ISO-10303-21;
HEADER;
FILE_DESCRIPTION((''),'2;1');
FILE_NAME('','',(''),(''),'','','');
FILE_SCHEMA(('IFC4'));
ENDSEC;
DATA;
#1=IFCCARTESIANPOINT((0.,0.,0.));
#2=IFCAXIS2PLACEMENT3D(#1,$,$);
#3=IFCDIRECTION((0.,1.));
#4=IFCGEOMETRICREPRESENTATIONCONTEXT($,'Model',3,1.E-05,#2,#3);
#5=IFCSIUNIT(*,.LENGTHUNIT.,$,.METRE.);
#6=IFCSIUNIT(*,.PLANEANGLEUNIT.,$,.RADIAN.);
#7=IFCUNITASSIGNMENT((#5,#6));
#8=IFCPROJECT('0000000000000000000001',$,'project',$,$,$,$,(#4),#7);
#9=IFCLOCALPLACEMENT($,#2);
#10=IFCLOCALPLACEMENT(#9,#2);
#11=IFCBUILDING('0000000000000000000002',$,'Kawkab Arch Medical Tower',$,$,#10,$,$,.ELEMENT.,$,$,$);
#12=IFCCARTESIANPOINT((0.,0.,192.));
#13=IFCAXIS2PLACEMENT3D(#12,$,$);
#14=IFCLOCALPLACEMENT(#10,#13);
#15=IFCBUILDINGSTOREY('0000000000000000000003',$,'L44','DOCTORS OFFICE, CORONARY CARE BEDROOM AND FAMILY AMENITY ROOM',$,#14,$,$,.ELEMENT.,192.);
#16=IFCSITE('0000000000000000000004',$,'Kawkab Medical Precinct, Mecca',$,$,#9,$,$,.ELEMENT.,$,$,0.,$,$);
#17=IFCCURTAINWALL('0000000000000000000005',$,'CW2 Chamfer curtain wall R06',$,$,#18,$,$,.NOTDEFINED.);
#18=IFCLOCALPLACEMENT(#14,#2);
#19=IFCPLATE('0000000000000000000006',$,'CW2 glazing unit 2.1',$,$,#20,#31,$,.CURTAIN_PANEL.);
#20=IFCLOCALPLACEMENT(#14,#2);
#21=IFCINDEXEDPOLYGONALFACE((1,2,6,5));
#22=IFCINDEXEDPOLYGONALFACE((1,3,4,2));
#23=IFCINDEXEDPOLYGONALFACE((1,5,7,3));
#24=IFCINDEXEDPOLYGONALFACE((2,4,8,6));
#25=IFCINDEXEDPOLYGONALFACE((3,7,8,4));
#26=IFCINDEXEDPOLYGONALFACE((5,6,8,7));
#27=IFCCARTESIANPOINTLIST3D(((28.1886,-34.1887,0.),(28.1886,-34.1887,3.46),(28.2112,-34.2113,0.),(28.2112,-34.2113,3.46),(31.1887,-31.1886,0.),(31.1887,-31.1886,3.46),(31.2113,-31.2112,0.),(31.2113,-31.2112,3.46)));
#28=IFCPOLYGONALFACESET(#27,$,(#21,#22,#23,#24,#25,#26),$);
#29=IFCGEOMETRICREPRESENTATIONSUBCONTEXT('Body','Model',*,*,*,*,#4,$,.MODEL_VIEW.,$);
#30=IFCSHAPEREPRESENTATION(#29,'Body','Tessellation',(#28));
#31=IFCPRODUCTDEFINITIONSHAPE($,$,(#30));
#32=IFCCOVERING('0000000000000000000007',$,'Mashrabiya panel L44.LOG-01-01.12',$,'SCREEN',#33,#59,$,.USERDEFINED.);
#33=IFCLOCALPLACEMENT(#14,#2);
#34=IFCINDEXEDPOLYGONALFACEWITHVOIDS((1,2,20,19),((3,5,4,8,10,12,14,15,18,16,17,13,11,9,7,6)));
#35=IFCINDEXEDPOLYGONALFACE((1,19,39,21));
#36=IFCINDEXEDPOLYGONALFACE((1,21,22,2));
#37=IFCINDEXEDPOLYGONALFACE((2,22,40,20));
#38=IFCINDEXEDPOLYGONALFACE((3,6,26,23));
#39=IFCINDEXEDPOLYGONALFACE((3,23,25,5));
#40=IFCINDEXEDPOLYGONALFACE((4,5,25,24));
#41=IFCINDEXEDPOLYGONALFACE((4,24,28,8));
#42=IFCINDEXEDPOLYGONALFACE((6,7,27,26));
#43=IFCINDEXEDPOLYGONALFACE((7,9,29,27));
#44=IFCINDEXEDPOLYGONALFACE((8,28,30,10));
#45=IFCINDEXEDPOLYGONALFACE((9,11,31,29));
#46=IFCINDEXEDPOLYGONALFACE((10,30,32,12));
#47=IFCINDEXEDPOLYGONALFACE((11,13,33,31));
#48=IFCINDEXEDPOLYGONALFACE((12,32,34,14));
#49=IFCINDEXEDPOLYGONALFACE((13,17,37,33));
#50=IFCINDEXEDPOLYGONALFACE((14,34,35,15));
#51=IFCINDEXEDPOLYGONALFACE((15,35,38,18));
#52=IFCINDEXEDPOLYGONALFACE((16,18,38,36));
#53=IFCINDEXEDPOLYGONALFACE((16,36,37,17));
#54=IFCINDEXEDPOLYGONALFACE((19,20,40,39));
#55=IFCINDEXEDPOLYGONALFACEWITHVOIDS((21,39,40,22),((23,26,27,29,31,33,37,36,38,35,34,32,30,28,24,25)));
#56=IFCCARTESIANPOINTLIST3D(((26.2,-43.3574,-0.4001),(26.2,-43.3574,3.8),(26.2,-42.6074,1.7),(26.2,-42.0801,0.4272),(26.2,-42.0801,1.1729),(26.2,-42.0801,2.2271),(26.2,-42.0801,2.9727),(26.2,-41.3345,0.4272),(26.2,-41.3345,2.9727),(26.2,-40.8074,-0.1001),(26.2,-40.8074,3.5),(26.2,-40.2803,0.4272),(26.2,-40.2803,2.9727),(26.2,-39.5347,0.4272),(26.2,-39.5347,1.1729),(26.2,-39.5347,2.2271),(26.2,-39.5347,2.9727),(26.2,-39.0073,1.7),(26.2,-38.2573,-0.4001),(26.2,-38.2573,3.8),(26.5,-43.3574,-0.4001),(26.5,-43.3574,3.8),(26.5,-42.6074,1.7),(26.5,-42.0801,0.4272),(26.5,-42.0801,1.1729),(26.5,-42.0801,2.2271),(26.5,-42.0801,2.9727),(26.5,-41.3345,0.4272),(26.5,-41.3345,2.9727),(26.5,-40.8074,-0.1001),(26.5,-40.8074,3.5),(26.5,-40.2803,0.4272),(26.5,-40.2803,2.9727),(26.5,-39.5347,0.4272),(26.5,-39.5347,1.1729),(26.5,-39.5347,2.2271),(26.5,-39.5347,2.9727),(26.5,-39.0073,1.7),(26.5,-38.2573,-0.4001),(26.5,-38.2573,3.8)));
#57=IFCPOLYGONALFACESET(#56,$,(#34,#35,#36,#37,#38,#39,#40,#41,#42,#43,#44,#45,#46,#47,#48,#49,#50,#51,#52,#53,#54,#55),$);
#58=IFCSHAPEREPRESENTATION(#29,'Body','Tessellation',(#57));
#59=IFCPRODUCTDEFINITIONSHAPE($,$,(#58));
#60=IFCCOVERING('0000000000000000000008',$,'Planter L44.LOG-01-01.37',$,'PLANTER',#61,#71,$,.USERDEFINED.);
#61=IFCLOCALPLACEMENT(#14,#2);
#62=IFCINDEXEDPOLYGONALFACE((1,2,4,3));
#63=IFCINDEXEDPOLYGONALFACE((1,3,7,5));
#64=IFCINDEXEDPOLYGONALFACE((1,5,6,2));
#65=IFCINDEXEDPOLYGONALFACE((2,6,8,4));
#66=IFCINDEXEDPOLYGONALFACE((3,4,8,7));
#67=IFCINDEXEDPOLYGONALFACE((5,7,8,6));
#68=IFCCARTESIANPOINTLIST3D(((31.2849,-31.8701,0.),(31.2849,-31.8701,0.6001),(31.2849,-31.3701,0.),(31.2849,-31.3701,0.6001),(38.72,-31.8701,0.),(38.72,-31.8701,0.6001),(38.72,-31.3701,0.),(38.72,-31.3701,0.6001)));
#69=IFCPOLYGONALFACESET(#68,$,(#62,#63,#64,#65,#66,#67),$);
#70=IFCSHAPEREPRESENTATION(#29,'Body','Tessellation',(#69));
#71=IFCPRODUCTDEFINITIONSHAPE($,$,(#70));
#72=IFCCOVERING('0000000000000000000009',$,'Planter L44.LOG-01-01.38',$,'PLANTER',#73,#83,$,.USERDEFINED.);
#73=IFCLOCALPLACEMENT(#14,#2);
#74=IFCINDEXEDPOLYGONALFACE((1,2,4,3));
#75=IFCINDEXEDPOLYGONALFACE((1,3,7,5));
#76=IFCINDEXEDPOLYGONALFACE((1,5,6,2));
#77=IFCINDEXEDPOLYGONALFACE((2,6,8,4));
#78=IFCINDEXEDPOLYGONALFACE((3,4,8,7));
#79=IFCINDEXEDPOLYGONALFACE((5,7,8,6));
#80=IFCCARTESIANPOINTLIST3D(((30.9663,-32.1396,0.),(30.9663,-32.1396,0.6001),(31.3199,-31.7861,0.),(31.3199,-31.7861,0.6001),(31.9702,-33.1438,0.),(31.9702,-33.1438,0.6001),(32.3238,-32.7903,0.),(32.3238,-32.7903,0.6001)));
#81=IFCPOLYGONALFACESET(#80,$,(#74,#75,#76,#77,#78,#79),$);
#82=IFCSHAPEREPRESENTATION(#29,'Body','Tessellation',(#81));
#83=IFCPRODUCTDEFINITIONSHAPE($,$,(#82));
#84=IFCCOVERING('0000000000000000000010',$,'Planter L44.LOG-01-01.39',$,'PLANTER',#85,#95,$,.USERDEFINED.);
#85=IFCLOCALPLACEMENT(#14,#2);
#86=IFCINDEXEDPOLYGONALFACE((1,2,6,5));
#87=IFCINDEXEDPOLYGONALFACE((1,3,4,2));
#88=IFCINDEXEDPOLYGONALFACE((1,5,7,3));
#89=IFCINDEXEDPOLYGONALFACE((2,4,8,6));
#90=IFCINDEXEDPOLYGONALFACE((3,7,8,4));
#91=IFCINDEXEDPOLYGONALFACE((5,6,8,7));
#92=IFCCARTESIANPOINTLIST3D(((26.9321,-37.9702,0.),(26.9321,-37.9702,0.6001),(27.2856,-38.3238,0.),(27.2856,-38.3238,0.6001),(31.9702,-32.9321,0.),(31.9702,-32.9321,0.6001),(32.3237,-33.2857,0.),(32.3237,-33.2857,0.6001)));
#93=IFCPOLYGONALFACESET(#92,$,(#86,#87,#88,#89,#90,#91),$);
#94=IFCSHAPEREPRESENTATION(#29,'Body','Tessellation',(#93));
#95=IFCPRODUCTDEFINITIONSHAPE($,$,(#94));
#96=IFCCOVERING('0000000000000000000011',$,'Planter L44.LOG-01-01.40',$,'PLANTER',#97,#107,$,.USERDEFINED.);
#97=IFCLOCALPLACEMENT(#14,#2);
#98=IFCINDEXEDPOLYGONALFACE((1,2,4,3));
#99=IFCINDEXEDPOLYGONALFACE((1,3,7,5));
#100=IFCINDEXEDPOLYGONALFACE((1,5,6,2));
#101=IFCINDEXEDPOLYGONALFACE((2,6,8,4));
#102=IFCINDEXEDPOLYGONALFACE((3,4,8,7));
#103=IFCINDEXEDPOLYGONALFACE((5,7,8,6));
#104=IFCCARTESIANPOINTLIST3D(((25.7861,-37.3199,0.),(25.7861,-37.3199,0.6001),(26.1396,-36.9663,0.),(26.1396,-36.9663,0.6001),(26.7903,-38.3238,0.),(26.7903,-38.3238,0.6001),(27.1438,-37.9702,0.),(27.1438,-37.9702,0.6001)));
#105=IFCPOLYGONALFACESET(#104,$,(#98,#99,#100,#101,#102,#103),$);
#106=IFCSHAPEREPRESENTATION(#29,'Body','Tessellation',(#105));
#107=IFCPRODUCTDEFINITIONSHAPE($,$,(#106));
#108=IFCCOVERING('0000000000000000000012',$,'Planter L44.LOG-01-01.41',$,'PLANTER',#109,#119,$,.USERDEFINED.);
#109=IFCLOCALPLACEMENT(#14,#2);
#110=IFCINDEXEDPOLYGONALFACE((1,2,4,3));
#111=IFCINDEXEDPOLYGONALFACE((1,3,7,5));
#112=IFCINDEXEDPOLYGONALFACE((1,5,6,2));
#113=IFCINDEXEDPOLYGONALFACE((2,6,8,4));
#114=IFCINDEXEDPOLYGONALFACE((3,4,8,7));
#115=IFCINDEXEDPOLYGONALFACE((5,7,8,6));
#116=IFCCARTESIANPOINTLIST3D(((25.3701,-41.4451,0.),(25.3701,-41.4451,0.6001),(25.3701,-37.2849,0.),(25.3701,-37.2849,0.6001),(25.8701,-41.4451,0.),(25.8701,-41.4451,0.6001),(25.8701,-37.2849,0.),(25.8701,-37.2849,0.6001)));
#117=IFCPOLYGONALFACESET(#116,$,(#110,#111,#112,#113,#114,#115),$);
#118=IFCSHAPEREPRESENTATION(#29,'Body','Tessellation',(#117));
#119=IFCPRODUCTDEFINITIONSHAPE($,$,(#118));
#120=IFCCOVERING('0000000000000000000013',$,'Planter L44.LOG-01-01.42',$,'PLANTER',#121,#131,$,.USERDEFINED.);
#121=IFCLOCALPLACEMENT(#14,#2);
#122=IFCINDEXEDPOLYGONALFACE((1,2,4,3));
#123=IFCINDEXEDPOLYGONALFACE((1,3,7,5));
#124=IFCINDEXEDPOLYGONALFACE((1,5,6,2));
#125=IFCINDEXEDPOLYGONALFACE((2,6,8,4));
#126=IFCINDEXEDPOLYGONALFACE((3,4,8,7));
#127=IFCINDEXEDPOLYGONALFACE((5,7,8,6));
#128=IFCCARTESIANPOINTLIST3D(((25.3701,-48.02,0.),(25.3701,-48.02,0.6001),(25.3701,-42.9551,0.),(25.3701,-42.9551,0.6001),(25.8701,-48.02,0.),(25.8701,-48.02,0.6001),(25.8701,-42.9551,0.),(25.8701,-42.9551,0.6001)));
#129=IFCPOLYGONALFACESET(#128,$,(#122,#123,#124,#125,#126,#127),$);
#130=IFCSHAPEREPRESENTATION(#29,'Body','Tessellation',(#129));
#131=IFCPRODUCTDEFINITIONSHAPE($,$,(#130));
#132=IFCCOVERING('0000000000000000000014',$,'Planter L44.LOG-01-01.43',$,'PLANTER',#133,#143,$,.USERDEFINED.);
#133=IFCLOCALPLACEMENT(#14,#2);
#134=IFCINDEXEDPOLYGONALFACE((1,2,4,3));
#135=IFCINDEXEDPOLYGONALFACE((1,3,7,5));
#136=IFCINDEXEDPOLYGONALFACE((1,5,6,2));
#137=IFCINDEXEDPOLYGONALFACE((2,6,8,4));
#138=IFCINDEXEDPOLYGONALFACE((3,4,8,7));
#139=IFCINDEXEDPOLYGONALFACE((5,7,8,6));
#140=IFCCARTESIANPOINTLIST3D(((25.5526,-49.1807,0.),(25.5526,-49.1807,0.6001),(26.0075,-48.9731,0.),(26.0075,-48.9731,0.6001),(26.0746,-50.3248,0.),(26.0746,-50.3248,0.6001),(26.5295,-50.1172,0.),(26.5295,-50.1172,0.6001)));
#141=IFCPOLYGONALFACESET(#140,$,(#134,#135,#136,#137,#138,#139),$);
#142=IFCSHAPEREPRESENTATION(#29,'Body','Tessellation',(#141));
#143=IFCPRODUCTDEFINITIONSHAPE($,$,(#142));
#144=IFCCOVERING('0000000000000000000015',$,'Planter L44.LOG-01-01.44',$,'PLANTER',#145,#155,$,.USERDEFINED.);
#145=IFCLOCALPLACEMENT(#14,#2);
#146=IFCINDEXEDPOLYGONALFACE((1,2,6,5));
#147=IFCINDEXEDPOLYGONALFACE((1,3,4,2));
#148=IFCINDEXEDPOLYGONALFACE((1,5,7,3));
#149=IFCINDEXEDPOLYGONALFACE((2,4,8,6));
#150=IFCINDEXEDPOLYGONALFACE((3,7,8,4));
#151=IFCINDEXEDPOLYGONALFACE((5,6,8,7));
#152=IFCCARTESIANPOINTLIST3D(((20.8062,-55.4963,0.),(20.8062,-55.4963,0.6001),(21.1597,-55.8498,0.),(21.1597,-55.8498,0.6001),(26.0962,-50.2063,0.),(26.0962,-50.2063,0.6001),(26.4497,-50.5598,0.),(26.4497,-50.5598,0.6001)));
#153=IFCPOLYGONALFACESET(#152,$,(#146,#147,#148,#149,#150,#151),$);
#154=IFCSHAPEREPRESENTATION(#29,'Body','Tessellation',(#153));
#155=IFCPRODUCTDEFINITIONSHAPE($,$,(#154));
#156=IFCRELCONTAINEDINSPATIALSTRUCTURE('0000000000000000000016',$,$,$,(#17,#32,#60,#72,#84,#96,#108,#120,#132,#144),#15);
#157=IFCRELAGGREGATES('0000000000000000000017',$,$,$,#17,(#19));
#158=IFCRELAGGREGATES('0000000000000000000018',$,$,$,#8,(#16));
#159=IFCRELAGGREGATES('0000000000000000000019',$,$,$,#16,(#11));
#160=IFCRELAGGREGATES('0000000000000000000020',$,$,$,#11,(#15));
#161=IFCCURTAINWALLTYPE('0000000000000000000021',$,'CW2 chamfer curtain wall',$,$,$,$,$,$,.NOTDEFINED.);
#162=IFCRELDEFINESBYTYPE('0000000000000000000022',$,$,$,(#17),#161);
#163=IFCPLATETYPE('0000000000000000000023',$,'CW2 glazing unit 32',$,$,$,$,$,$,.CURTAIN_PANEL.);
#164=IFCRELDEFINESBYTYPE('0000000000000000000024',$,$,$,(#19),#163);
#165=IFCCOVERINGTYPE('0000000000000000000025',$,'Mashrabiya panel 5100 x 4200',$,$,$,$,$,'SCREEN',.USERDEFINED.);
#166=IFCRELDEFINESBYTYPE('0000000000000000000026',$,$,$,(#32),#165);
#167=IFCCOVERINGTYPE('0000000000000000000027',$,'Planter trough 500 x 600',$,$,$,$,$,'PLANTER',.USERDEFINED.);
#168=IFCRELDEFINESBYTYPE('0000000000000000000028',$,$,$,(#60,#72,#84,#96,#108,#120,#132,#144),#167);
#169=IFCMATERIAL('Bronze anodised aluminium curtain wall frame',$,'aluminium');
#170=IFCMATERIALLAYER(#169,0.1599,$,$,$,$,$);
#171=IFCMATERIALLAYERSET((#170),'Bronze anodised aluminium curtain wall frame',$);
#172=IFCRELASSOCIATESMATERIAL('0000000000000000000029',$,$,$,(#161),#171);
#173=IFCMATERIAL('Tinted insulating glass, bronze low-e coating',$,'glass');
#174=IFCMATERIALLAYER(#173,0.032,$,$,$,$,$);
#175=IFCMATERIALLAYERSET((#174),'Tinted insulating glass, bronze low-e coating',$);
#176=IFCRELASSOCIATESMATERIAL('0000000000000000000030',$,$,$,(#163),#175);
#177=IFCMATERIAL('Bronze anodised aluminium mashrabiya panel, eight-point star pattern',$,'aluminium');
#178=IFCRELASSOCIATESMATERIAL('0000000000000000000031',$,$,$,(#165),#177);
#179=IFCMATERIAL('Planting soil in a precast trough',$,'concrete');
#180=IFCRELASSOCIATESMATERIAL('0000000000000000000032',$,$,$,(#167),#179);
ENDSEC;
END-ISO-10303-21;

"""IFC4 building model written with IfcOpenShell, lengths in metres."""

from ifc_helpers import new_model, si_unit, direction, frame, origin, origin_2d, place, context, subcontext, project, spatial, polyline, rectangle, outline, extrude, material, layer, layer_set, material_profile, profile_set, type_object, element, aggregate, save


model = new_model("IFC4")

# Units and contexts
model_context = context("Model", 3, precision=1e-05, world=origin(), true_north=direction((0.0, 1.0)))
body_context = subcontext(model_context, "Body", "Model", "MODEL_VIEW")
ifc_project = project(units=[si_unit("LENGTHUNIT", "METRE"), si_unit("PLANEANGLEUNIT", "RADIAN")], contexts=[model_context])

# Site, building, storey
site_placement = place(None, origin())
site = spatial("IfcSite", under=ifc_project, at=site_placement, Name="Kawkab Medical Precinct, Mecca", CompositionType="ELEMENT", RefElevation=0.0)
building_placement = place(site_placement, origin())
building = spatial("IfcBuilding", under=site, at=building_placement, Name="Kawkab Arch Medical Tower", CompositionType="ELEMENT")
storey_placement = place(building_placement, frame((0.0, 0.0, 192.0)))
storey = spatial("IfcBuildingStorey", under=building, at=storey_placement, Name="L44", Description="DOCTORS OFFICE, CORONARY CARE BEDROOM AND FAMILY AMENITY ROOM", CompositionType="ELEMENT", Elevation=192.0)

# Shared definitions
placement = place(storey_placement, origin())

# Shared definitions
ifc_material_1 = material(Name="Bronze anodised aluminium curtain wall frame", Category="aluminium")
ifc_layer_1 = layer(ifc_material_1, 0.1599)
ifc_layer_set_1 = layer_set([ifc_layer_1], Name="Bronze anodised aluminium curtain wall frame")
curtain_wall_type_1 = type_object("IfcCurtainWallType", Name="CW2 chamfer curtain wall", PredefinedType="NOTDEFINED", material=ifc_layer_set_1)

# Curtain wall
curtain_wall_1 = element("IfcCurtainWall", 1, at=placement, inside=storey, type_object=curtain_wall_type_1, Name="CW2 Chamfer curtain wall R06", PredefinedType="NOTDEFINED")

# Plate
ifc_material_2 = material(Name="Tinted insulating glass, bronze low-e coating", Category="glass")
ifc_layer_2 = layer(ifc_material_2, 0.032)
ifc_layer_set_2 = layer_set([ifc_layer_2], Name="Tinted insulating glass, bronze low-e coating")
plate_type_1 = type_object("IfcPlateType", Name="CW2 glazing unit 32", PredefinedType="CURTAIN_PANEL", material=ifc_layer_set_2)
plate_1_placement = place(storey_placement, frame((29.7, -32.7, 0.0), z_axis=(0.0, 0.0, 1.0), x_axis=(0.707107, 0.707107, 0.0)))
plate_1 = element("IfcPlate", 2, at=plate_1_placement, type_object=plate_type_1, Name="CW2 glazing unit 2.1", PredefinedType="CURTAIN_PANEL", context=body_context, shape_type="SweptSolid", body=[
    extrude(rectangle(XDim=4.2427, YDim=0.032, at=origin_2d()), origin(), (0.0, 0.0, 1.0), 3.46),
])
aggregate(curtain_wall_1, [plate_1])

# Coverings
ifc_material_3 = material(Name="Bronze anodised aluminium mashrabiya panel, eight-point star pattern", Category="aluminium")
ifc_material_profile_1 = material_profile(ifc_material_3, outline(polyline([(-2.55, -2.1001), (2.55, -2.1001), (2.55, 2.1001), (-2.55, 2.1001), (-2.55, -2.1001)]), holes=[polyline([(1.8, 0.0), (1.2727, 0.5271), (1.2727, 1.2727), (0.5271, 1.2727), (0.0, 1.8), (-0.5271, 1.2727), (-1.2727, 1.2727), (-1.2727, 0.5271), (-1.8, 0.0), (-1.2727, -0.5271), (-1.2727, -1.2727), (-0.5271, -1.2727), (0.0, -1.8), (0.5271, -1.2727), (1.2727, -1.2727), (1.2727, -0.5271), (1.8, 0.0)])]), Name="Mashrabiya panel 5100x4200")
ifc_profile_set_1 = profile_set([ifc_material_profile_1], Name="Bronze anodised aluminium mashrabiya panel, eight-point star pattern")
covering_type_1 = type_object("IfcCoveringType", Name="Mashrabiya panel 5100 x 4200", ElementType="SCREEN", PredefinedType="USERDEFINED", material=ifc_profile_set_1)
covering_1_placement = place(storey_placement, frame((26.2, -40.8074, 1.7), z_axis=(1.0, 0.0, 0.0), x_axis=(0.0, 1.0, 0.0)))
element("IfcCovering", 3, at=covering_1_placement, inside=storey, type_object=covering_type_1, Name="Mashrabiya panel L44.LOG-01-01.12", ObjectType="SCREEN", PredefinedType="USERDEFINED", context=body_context, shape_type="SweptSolid", body=[
    extrude(outline(polyline([(-2.55, -2.1001), (2.55, -2.1001), (2.55, 2.1001), (-2.55, 2.1001), (-2.55, -2.1001)]), holes=[polyline([(1.8, 0.0), (1.2727, 0.5271), (1.2727, 1.2727), (0.5271, 1.2727), (0.0, 1.8), (-0.5271, 1.2727), (-1.2727, 1.2727), (-1.2727, 0.5271), (-1.8, 0.0), (-1.2727, -0.5271), (-1.2727, -1.2727), (-0.5271, -1.2727), (0.0, -1.8), (0.5271, -1.2727), (1.2727, -1.2727), (1.2727, -0.5271), (1.8, 0.0)])]), origin(), (0.0, 0.0, 1.0), 0.3),
])
ifc_material_4 = material(Name="Planting soil in a precast trough", Category="concrete")
ifc_material_profile_2 = material_profile(ifc_material_4, rectangle(XDim=0.5, YDim=0.6001, at=origin_2d()), Name="Trough 500x600")
ifc_profile_set_2 = profile_set([ifc_material_profile_2], Name="Planting soil in a precast trough")
covering_type_2 = type_object("IfcCoveringType", Name="Planter trough 500 x 600", ElementType="PLANTER", PredefinedType="USERDEFINED", material=ifc_profile_set_2)
covering_2_placement = place(storey_placement, frame((38.72, -31.6201, 0.3), z_axis=(-1.0, 0.0, 0.0), x_axis=(0.0, -1.0, 0.0)))
element("IfcCovering", 4, at=covering_2_placement, inside=storey, type_object=covering_type_2, Name="Planter L44.LOG-01-01.37", ObjectType="PLANTER", PredefinedType="USERDEFINED", context=body_context, shape_type="SweptSolid", body=[
    extrude(rectangle(XDim=0.5, YDim=0.6001, at=origin_2d()), origin(), (0.0, 0.0, 1.0), 7.4351),
])
covering_3_placement = place(storey_placement, frame((31.1431, -31.9629, 0.3), z_axis=(0.707021, -0.707193, 0.0), x_axis=(0.707193, 0.707021, 0.0)))
element("IfcCovering", 5, at=covering_3_placement, inside=storey, type_object=covering_type_2, Name="Planter L44.LOG-01-01.38", ObjectType="PLANTER", PredefinedType="USERDEFINED", context=body_context, shape_type="SweptSolid", body=[
    extrude(rectangle(XDim=0.5, YDim=0.6001, at=origin_2d()), origin(), (0.0, 0.0, 1.0), 1.4199),
])
covering_4_placement = place(storey_placement, frame((32.147, -33.1089, 0.3), z_axis=(-0.707107, -0.707107, 0.0), x_axis=(0.707107, -0.707107, 0.0)))
element("IfcCovering", 6, at=covering_4_placement, inside=storey, type_object=covering_type_2, Name="Planter L44.LOG-01-01.39", ObjectType="PLANTER", PredefinedType="USERDEFINED", context=body_context, shape_type="SweptSolid", body=[
    extrude(rectangle(XDim=0.5, YDim=0.6001, at=origin_2d()), origin(), (0.0, 0.0, 1.0), 7.125),
])
covering_5_placement = place(storey_placement, frame((26.967, -38.147, 0.3), z_axis=(-0.707193, 0.707021, 0.0), x_axis=(-0.707021, -0.707193, 0.0)))
element("IfcCovering", 7, at=covering_5_placement, inside=storey, type_object=covering_type_2, Name="Planter L44.LOG-01-01.40", ObjectType="PLANTER", PredefinedType="USERDEFINED", context=body_context, shape_type="SweptSolid", body=[
    extrude(rectangle(XDim=0.5, YDim=0.6001, at=origin_2d()), origin(), (0.0, 0.0, 1.0), 1.4199),
])
covering_6_placement = place(storey_placement, frame((25.6201, -37.2849, 0.3), z_axis=(0.0, -1.0, 0.0), x_axis=(1.0, 0.0, 0.0)))
element("IfcCovering", 8, at=covering_6_placement, inside=storey, type_object=covering_type_2, Name="Planter L44.LOG-01-01.41", ObjectType="PLANTER", PredefinedType="USERDEFINED", context=body_context, shape_type="SweptSolid", body=[
    extrude(rectangle(XDim=0.5, YDim=0.6001, at=origin_2d()), origin(), (0.0, 0.0, 1.0), 4.1602),
])
covering_7_placement = place(storey_placement, frame((25.6201, -42.9551, 0.3), z_axis=(0.0, -1.0, 0.0), x_axis=(1.0, 0.0, 0.0)))
element("IfcCovering", 9, at=covering_7_placement, inside=storey, type_object=covering_type_2, Name="Planter L44.LOG-01-01.42", ObjectType="PLANTER", PredefinedType="USERDEFINED", context=body_context, shape_type="SweptSolid", body=[
    extrude(rectangle(XDim=0.5, YDim=0.6001, at=origin_2d()), origin(), (0.0, 0.0, 1.0), 5.0649),
])
covering_8_placement = place(storey_placement, frame((25.78, -49.0769, 0.3), z_axis=(0.41509, -0.90978, 0.0), x_axis=(0.90978, 0.41509, 0.0)))
element("IfcCovering", 10, at=covering_8_placement, inside=storey, type_object=covering_type_2, Name="Planter L44.LOG-01-01.43", ObjectType="PLANTER", PredefinedType="USERDEFINED", context=body_context, shape_type="SweptSolid", body=[
    extrude(rectangle(XDim=0.5, YDim=0.6001, at=origin_2d()), origin(), (0.0, 0.0, 1.0), 1.2576),
])
covering_9_placement = place(storey_placement, frame((26.2729, -50.3831, 0.3), z_axis=(-0.707107, -0.707107, 0.0), x_axis=(0.707107, -0.707107, 0.0)))
element("IfcCovering", 11, at=covering_9_placement, inside=storey, type_object=covering_type_2, Name="Planter L44.LOG-01-01.44", ObjectType="PLANTER", PredefinedType="USERDEFINED", context=body_context, shape_type="SweptSolid", body=[
    extrude(rectangle(XDim=0.5, YDim=0.6001, at=origin_2d()), origin(), (0.0, 0.0, 1.0), 7.4812),
])

save(model, "model.ifc")
